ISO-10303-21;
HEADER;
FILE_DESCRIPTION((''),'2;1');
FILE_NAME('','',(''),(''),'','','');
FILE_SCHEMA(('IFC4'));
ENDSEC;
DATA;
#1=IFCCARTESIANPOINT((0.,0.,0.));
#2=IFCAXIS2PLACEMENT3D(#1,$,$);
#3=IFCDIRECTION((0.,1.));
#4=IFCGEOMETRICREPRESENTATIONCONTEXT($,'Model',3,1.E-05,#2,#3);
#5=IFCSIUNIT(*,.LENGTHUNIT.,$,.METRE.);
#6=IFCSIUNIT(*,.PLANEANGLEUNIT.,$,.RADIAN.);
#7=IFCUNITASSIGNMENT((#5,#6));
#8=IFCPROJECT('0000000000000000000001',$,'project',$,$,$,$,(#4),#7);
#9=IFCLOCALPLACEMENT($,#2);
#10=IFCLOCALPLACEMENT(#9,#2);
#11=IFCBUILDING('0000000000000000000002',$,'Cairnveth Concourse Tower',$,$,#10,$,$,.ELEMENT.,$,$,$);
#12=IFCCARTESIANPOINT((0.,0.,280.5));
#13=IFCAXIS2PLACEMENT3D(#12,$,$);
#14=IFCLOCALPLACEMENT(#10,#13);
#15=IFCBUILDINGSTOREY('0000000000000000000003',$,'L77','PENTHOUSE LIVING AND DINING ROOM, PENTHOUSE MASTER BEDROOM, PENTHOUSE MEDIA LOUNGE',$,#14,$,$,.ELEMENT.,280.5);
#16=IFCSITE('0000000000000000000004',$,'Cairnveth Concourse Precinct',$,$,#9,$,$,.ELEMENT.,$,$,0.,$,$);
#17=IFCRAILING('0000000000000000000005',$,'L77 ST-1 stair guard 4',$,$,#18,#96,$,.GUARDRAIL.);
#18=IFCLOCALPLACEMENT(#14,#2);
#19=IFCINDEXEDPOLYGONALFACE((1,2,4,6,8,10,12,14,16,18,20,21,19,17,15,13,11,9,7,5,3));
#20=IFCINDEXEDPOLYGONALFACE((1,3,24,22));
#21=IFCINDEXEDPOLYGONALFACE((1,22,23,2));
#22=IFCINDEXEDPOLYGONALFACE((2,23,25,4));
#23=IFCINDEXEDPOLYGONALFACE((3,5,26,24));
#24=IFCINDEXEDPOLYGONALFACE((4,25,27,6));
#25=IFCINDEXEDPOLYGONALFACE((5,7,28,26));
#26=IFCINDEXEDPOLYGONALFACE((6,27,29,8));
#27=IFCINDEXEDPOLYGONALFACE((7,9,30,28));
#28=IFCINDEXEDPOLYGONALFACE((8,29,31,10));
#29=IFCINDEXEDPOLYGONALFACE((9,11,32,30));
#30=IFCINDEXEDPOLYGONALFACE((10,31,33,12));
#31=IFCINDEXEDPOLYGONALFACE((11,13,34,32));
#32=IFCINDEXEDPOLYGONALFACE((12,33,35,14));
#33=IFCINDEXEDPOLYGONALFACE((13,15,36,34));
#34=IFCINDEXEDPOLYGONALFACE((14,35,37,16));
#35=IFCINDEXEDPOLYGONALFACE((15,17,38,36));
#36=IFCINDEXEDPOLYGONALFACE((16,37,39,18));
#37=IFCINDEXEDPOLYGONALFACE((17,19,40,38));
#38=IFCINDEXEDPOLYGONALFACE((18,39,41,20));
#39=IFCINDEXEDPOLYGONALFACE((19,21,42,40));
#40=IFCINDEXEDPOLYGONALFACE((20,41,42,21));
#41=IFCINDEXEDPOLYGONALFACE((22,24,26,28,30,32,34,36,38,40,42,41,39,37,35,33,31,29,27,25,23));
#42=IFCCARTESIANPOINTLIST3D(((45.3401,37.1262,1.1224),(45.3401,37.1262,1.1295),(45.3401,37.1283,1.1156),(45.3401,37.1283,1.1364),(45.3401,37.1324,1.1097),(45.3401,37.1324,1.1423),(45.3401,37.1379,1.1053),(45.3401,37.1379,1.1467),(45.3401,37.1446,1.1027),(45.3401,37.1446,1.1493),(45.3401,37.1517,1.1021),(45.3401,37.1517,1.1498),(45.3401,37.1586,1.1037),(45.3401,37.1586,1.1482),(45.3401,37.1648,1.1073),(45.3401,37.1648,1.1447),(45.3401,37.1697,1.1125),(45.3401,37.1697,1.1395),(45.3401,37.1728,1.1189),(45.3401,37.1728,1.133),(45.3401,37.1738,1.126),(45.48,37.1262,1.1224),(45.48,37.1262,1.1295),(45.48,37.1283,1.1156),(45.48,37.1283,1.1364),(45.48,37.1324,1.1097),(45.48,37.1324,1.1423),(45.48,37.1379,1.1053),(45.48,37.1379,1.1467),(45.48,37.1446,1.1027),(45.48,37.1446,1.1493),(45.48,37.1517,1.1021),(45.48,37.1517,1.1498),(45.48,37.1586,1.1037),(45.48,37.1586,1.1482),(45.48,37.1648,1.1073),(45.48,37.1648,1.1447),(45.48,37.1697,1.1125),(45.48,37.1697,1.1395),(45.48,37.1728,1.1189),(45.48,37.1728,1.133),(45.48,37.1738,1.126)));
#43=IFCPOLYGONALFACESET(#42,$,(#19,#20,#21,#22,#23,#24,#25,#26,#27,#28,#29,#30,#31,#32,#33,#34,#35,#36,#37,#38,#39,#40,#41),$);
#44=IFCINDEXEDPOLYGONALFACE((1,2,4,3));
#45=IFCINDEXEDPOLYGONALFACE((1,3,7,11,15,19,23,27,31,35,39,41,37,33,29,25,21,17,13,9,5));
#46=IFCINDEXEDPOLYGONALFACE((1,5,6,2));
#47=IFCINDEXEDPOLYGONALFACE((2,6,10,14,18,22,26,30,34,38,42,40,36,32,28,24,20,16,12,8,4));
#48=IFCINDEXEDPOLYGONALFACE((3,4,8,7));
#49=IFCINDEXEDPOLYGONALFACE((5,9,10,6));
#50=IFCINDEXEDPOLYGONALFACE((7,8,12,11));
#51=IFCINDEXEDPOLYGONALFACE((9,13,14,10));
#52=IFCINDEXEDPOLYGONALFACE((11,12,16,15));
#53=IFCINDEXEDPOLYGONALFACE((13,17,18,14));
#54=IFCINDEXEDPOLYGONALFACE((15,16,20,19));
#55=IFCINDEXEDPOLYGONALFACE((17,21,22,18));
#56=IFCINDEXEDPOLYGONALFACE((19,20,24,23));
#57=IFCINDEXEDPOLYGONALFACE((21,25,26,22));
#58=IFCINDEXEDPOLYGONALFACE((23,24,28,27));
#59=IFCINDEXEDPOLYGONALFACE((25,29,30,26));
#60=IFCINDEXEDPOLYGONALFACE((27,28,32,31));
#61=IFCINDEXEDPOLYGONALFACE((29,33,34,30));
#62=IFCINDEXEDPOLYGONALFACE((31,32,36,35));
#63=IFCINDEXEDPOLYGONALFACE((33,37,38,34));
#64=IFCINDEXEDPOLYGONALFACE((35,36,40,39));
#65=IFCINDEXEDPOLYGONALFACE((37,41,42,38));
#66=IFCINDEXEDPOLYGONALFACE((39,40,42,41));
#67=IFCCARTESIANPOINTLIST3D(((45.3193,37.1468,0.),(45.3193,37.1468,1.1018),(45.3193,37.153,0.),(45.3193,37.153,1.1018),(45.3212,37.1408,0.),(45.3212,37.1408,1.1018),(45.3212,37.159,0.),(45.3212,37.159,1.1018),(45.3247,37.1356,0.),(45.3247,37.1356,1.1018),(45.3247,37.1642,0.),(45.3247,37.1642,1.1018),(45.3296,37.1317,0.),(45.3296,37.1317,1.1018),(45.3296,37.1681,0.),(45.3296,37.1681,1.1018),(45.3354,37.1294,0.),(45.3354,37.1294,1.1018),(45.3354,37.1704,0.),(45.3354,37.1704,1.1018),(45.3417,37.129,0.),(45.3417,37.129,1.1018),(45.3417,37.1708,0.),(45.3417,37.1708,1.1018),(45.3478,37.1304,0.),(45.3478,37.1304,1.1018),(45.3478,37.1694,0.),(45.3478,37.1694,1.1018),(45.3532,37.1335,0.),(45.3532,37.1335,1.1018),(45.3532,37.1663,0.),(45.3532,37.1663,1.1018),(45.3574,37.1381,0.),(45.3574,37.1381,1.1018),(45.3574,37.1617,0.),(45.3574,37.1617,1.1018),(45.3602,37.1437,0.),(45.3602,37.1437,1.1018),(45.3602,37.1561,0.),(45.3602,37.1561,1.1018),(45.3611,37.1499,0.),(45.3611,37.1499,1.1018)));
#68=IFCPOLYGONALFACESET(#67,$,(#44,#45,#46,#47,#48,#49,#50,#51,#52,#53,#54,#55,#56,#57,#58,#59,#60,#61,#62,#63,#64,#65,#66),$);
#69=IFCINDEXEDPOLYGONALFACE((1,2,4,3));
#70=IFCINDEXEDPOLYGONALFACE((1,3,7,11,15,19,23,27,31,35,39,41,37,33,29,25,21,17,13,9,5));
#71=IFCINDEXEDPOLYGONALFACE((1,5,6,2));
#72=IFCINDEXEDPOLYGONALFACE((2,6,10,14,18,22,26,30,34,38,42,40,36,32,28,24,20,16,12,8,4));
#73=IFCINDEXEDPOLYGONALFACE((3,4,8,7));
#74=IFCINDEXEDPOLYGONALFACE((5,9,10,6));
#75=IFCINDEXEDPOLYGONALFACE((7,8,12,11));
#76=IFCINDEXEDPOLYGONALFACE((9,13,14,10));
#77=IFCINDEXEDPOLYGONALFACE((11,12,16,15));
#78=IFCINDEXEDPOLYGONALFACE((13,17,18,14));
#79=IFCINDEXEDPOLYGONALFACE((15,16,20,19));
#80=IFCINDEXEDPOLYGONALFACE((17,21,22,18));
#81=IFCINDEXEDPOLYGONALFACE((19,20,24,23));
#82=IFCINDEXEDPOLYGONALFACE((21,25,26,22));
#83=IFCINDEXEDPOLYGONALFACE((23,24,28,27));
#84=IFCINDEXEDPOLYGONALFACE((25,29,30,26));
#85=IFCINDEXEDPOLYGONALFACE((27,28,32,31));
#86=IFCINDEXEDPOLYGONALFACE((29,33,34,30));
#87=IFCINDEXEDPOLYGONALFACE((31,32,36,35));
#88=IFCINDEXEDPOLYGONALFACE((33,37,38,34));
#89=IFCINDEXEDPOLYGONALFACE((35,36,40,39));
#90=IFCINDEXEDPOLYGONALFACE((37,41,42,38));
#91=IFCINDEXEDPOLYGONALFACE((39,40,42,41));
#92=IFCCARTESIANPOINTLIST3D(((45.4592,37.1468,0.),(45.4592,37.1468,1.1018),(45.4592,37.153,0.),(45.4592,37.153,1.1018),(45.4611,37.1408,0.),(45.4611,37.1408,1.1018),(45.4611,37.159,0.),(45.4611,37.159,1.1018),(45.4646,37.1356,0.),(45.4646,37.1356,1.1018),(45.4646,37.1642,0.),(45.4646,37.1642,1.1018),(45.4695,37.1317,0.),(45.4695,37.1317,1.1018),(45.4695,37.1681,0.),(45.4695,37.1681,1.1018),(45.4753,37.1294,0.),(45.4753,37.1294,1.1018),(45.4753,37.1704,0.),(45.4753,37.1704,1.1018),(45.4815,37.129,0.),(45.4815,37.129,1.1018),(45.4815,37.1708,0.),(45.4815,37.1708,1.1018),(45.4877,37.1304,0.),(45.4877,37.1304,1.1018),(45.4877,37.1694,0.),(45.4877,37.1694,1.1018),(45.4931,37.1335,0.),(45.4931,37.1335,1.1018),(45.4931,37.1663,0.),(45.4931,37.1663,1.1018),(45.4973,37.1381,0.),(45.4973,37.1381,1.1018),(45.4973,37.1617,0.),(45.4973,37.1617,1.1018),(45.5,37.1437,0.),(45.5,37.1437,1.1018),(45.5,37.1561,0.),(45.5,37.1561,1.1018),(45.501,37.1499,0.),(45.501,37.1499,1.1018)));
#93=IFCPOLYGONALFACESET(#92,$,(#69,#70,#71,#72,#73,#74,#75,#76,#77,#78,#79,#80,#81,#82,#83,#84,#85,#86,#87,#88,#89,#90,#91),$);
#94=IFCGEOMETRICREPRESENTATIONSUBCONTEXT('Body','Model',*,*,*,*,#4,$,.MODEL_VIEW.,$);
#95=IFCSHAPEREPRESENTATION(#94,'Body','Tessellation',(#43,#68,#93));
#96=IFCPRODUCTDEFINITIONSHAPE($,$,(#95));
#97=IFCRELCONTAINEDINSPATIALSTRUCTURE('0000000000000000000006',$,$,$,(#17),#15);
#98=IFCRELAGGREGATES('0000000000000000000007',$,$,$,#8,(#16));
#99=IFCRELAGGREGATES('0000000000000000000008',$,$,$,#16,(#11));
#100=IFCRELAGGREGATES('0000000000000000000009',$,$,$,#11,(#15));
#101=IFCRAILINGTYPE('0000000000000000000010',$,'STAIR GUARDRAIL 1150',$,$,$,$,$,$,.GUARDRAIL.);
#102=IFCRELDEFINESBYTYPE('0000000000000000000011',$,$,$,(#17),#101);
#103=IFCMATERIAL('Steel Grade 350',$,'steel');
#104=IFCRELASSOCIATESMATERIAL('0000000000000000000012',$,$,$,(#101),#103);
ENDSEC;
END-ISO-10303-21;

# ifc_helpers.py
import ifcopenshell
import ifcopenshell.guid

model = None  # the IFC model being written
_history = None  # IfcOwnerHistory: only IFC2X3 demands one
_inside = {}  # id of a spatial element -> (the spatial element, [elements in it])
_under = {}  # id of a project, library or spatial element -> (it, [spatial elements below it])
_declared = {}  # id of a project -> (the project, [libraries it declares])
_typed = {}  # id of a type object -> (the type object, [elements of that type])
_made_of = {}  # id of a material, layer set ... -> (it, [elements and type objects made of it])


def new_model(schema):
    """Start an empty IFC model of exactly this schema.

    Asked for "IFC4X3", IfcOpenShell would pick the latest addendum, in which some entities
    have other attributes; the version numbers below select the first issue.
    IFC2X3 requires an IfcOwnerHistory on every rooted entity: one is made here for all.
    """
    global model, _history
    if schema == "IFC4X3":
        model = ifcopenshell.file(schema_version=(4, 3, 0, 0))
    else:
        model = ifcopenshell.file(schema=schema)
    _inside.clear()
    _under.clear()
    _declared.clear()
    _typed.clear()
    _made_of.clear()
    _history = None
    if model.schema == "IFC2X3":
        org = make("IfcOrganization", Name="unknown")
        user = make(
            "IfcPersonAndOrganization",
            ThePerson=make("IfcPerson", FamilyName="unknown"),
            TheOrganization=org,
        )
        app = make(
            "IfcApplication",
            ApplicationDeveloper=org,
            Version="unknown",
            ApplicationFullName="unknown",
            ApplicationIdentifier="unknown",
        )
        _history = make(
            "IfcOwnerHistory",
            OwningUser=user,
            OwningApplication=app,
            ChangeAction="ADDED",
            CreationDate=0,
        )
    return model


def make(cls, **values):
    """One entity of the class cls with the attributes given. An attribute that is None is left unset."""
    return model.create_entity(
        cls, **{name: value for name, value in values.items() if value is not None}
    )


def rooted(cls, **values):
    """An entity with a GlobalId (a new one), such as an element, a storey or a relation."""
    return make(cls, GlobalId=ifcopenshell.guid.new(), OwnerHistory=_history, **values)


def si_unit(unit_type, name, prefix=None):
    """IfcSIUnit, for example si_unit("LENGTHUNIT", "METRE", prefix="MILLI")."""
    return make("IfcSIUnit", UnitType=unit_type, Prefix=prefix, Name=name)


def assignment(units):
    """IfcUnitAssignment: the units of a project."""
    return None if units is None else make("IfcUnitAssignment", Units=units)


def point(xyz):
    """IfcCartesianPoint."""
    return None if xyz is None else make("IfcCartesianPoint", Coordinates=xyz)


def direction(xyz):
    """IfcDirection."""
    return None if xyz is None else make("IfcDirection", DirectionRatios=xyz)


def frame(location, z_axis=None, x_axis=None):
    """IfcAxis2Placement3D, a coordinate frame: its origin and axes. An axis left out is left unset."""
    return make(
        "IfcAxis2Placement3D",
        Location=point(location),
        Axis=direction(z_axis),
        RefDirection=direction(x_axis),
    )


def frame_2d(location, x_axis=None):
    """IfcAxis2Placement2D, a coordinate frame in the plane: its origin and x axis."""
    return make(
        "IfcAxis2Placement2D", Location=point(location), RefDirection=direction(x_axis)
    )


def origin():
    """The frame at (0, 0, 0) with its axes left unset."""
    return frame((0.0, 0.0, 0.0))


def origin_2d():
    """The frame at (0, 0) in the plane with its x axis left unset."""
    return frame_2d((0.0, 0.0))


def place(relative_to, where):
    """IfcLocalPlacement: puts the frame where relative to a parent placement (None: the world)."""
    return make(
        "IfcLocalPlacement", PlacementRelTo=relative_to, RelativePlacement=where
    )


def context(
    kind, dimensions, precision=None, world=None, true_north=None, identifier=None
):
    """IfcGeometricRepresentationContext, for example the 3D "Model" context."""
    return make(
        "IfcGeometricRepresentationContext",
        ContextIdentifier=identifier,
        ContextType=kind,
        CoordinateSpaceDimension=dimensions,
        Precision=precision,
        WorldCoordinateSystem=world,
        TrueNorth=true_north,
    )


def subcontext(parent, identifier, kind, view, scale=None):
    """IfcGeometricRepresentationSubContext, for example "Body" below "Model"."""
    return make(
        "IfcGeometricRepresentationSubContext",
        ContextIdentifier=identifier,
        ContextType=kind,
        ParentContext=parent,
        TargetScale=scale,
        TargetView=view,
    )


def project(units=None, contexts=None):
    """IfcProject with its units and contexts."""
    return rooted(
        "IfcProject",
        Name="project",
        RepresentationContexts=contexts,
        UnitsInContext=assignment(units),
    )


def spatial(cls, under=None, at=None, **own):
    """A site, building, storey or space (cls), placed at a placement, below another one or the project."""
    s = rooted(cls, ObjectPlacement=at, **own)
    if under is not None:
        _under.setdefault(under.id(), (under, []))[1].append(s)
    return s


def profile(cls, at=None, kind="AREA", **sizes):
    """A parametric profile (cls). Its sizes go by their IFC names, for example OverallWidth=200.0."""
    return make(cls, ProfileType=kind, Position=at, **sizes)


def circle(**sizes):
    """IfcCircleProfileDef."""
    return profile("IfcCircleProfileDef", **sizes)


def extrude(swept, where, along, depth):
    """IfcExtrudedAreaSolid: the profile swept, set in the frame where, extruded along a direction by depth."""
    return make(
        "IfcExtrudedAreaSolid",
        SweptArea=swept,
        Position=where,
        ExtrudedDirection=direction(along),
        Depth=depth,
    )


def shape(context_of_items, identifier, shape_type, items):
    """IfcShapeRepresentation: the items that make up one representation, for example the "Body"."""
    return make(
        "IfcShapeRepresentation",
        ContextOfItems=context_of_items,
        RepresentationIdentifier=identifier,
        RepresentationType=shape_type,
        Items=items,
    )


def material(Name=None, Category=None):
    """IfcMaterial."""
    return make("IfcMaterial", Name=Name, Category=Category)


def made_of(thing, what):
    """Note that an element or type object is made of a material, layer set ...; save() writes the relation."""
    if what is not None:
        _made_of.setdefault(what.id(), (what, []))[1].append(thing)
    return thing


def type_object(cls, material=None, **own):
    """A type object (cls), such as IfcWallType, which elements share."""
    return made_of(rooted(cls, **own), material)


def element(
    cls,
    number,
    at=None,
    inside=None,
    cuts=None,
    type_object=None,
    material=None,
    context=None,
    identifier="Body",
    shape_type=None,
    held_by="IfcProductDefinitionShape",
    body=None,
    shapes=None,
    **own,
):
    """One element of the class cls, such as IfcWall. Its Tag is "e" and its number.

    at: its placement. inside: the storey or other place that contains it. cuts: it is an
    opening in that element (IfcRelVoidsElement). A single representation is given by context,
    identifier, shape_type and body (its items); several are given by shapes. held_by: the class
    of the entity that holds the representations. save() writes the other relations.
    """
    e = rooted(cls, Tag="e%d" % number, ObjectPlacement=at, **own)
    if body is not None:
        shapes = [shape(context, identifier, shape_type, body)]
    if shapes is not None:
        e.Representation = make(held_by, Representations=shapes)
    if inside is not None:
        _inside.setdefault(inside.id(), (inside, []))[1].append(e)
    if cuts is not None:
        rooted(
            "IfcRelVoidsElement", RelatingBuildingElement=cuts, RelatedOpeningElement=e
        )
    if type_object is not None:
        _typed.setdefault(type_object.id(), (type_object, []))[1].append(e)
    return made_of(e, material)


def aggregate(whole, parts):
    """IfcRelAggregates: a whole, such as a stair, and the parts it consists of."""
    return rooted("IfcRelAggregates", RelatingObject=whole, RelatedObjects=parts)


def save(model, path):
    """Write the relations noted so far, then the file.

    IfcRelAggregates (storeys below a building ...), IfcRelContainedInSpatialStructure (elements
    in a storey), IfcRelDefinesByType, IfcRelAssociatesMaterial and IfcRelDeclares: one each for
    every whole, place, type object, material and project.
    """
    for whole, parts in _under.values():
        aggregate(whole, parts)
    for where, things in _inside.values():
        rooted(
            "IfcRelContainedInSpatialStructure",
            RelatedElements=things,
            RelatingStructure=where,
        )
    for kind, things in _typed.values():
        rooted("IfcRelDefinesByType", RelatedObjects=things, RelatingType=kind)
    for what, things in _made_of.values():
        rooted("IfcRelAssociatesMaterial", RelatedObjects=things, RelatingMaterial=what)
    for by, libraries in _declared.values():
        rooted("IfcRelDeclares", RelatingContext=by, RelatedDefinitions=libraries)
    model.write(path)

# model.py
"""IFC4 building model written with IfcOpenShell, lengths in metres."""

from ifc_helpers import new_model, si_unit, direction, frame, origin, origin_2d, place, context, subcontext, project, spatial, circle, extrude, material, type_object, element, save


model = new_model("IFC4")

# Units and contexts
model_context = context("Model", 3, precision=1e-05, world=origin(), true_north=direction((0.0, 1.0)))
body_context = subcontext(model_context, "Body", "Model", "MODEL_VIEW")
ifc_project = project(units=[si_unit("LENGTHUNIT", "METRE"), si_unit("PLANEANGLEUNIT", "RADIAN")], contexts=[model_context])

# Site, building, storey
site_placement = place(None, origin())
site = spatial("IfcSite", under=ifc_project, at=site_placement, Name="Cairnveth Concourse Precinct", CompositionType="ELEMENT", RefElevation=0.0)
building_placement = place(site_placement, origin())
building = spatial("IfcBuilding", under=site, at=building_placement, Name="Cairnveth Concourse Tower", CompositionType="ELEMENT")
storey_placement = place(building_placement, frame((0.0, 0.0, 280.5)))
storey = spatial("IfcBuildingStorey", under=building, at=storey_placement, Name="L77", Description="PENTHOUSE LIVING AND DINING ROOM, PENTHOUSE MASTER BEDROOM, PENTHOUSE MEDIA LOUNGE", CompositionType="ELEMENT", Elevation=280.5)

# Shared definitions
ifc_material_1 = material(Name="Steel Grade 350", Category="steel")

# Railing
railing_type = type_object("IfcRailingType", Name="STAIR GUARDRAIL 1150", PredefinedType="GUARDRAIL", material=ifc_material_1)
railing_placement = place(storey_placement, frame((45.3401, 37.1499, 0.0)))
element("IfcRailing", 1, at=railing_placement, inside=storey, type_object=railing_type, Name="L77 ST-1 stair guard 4", PredefinedType="GUARDRAIL", context=body_context, shape_type="SweptSolid", body=[
    extrude(circle(Radius=0.0239, at=origin_2d()), frame((0.0, 0.0, 1.126), z_axis=(1.0, 0.0, 0.0), x_axis=(0.0, 1.0, 0.0)), (0.0, 0.0, 1.0), 0.1399),
    extrude(circle(Radius=0.021, at=origin_2d()), origin(), (0.0, 0.0, 1.0), 1.1018),
    extrude(circle(Radius=0.021, at=origin_2d()), frame((0.1399, 0.0, 0.0)), (0.0, 0.0, 1.0), 1.1018),
])

save(model, "model.ifc")
